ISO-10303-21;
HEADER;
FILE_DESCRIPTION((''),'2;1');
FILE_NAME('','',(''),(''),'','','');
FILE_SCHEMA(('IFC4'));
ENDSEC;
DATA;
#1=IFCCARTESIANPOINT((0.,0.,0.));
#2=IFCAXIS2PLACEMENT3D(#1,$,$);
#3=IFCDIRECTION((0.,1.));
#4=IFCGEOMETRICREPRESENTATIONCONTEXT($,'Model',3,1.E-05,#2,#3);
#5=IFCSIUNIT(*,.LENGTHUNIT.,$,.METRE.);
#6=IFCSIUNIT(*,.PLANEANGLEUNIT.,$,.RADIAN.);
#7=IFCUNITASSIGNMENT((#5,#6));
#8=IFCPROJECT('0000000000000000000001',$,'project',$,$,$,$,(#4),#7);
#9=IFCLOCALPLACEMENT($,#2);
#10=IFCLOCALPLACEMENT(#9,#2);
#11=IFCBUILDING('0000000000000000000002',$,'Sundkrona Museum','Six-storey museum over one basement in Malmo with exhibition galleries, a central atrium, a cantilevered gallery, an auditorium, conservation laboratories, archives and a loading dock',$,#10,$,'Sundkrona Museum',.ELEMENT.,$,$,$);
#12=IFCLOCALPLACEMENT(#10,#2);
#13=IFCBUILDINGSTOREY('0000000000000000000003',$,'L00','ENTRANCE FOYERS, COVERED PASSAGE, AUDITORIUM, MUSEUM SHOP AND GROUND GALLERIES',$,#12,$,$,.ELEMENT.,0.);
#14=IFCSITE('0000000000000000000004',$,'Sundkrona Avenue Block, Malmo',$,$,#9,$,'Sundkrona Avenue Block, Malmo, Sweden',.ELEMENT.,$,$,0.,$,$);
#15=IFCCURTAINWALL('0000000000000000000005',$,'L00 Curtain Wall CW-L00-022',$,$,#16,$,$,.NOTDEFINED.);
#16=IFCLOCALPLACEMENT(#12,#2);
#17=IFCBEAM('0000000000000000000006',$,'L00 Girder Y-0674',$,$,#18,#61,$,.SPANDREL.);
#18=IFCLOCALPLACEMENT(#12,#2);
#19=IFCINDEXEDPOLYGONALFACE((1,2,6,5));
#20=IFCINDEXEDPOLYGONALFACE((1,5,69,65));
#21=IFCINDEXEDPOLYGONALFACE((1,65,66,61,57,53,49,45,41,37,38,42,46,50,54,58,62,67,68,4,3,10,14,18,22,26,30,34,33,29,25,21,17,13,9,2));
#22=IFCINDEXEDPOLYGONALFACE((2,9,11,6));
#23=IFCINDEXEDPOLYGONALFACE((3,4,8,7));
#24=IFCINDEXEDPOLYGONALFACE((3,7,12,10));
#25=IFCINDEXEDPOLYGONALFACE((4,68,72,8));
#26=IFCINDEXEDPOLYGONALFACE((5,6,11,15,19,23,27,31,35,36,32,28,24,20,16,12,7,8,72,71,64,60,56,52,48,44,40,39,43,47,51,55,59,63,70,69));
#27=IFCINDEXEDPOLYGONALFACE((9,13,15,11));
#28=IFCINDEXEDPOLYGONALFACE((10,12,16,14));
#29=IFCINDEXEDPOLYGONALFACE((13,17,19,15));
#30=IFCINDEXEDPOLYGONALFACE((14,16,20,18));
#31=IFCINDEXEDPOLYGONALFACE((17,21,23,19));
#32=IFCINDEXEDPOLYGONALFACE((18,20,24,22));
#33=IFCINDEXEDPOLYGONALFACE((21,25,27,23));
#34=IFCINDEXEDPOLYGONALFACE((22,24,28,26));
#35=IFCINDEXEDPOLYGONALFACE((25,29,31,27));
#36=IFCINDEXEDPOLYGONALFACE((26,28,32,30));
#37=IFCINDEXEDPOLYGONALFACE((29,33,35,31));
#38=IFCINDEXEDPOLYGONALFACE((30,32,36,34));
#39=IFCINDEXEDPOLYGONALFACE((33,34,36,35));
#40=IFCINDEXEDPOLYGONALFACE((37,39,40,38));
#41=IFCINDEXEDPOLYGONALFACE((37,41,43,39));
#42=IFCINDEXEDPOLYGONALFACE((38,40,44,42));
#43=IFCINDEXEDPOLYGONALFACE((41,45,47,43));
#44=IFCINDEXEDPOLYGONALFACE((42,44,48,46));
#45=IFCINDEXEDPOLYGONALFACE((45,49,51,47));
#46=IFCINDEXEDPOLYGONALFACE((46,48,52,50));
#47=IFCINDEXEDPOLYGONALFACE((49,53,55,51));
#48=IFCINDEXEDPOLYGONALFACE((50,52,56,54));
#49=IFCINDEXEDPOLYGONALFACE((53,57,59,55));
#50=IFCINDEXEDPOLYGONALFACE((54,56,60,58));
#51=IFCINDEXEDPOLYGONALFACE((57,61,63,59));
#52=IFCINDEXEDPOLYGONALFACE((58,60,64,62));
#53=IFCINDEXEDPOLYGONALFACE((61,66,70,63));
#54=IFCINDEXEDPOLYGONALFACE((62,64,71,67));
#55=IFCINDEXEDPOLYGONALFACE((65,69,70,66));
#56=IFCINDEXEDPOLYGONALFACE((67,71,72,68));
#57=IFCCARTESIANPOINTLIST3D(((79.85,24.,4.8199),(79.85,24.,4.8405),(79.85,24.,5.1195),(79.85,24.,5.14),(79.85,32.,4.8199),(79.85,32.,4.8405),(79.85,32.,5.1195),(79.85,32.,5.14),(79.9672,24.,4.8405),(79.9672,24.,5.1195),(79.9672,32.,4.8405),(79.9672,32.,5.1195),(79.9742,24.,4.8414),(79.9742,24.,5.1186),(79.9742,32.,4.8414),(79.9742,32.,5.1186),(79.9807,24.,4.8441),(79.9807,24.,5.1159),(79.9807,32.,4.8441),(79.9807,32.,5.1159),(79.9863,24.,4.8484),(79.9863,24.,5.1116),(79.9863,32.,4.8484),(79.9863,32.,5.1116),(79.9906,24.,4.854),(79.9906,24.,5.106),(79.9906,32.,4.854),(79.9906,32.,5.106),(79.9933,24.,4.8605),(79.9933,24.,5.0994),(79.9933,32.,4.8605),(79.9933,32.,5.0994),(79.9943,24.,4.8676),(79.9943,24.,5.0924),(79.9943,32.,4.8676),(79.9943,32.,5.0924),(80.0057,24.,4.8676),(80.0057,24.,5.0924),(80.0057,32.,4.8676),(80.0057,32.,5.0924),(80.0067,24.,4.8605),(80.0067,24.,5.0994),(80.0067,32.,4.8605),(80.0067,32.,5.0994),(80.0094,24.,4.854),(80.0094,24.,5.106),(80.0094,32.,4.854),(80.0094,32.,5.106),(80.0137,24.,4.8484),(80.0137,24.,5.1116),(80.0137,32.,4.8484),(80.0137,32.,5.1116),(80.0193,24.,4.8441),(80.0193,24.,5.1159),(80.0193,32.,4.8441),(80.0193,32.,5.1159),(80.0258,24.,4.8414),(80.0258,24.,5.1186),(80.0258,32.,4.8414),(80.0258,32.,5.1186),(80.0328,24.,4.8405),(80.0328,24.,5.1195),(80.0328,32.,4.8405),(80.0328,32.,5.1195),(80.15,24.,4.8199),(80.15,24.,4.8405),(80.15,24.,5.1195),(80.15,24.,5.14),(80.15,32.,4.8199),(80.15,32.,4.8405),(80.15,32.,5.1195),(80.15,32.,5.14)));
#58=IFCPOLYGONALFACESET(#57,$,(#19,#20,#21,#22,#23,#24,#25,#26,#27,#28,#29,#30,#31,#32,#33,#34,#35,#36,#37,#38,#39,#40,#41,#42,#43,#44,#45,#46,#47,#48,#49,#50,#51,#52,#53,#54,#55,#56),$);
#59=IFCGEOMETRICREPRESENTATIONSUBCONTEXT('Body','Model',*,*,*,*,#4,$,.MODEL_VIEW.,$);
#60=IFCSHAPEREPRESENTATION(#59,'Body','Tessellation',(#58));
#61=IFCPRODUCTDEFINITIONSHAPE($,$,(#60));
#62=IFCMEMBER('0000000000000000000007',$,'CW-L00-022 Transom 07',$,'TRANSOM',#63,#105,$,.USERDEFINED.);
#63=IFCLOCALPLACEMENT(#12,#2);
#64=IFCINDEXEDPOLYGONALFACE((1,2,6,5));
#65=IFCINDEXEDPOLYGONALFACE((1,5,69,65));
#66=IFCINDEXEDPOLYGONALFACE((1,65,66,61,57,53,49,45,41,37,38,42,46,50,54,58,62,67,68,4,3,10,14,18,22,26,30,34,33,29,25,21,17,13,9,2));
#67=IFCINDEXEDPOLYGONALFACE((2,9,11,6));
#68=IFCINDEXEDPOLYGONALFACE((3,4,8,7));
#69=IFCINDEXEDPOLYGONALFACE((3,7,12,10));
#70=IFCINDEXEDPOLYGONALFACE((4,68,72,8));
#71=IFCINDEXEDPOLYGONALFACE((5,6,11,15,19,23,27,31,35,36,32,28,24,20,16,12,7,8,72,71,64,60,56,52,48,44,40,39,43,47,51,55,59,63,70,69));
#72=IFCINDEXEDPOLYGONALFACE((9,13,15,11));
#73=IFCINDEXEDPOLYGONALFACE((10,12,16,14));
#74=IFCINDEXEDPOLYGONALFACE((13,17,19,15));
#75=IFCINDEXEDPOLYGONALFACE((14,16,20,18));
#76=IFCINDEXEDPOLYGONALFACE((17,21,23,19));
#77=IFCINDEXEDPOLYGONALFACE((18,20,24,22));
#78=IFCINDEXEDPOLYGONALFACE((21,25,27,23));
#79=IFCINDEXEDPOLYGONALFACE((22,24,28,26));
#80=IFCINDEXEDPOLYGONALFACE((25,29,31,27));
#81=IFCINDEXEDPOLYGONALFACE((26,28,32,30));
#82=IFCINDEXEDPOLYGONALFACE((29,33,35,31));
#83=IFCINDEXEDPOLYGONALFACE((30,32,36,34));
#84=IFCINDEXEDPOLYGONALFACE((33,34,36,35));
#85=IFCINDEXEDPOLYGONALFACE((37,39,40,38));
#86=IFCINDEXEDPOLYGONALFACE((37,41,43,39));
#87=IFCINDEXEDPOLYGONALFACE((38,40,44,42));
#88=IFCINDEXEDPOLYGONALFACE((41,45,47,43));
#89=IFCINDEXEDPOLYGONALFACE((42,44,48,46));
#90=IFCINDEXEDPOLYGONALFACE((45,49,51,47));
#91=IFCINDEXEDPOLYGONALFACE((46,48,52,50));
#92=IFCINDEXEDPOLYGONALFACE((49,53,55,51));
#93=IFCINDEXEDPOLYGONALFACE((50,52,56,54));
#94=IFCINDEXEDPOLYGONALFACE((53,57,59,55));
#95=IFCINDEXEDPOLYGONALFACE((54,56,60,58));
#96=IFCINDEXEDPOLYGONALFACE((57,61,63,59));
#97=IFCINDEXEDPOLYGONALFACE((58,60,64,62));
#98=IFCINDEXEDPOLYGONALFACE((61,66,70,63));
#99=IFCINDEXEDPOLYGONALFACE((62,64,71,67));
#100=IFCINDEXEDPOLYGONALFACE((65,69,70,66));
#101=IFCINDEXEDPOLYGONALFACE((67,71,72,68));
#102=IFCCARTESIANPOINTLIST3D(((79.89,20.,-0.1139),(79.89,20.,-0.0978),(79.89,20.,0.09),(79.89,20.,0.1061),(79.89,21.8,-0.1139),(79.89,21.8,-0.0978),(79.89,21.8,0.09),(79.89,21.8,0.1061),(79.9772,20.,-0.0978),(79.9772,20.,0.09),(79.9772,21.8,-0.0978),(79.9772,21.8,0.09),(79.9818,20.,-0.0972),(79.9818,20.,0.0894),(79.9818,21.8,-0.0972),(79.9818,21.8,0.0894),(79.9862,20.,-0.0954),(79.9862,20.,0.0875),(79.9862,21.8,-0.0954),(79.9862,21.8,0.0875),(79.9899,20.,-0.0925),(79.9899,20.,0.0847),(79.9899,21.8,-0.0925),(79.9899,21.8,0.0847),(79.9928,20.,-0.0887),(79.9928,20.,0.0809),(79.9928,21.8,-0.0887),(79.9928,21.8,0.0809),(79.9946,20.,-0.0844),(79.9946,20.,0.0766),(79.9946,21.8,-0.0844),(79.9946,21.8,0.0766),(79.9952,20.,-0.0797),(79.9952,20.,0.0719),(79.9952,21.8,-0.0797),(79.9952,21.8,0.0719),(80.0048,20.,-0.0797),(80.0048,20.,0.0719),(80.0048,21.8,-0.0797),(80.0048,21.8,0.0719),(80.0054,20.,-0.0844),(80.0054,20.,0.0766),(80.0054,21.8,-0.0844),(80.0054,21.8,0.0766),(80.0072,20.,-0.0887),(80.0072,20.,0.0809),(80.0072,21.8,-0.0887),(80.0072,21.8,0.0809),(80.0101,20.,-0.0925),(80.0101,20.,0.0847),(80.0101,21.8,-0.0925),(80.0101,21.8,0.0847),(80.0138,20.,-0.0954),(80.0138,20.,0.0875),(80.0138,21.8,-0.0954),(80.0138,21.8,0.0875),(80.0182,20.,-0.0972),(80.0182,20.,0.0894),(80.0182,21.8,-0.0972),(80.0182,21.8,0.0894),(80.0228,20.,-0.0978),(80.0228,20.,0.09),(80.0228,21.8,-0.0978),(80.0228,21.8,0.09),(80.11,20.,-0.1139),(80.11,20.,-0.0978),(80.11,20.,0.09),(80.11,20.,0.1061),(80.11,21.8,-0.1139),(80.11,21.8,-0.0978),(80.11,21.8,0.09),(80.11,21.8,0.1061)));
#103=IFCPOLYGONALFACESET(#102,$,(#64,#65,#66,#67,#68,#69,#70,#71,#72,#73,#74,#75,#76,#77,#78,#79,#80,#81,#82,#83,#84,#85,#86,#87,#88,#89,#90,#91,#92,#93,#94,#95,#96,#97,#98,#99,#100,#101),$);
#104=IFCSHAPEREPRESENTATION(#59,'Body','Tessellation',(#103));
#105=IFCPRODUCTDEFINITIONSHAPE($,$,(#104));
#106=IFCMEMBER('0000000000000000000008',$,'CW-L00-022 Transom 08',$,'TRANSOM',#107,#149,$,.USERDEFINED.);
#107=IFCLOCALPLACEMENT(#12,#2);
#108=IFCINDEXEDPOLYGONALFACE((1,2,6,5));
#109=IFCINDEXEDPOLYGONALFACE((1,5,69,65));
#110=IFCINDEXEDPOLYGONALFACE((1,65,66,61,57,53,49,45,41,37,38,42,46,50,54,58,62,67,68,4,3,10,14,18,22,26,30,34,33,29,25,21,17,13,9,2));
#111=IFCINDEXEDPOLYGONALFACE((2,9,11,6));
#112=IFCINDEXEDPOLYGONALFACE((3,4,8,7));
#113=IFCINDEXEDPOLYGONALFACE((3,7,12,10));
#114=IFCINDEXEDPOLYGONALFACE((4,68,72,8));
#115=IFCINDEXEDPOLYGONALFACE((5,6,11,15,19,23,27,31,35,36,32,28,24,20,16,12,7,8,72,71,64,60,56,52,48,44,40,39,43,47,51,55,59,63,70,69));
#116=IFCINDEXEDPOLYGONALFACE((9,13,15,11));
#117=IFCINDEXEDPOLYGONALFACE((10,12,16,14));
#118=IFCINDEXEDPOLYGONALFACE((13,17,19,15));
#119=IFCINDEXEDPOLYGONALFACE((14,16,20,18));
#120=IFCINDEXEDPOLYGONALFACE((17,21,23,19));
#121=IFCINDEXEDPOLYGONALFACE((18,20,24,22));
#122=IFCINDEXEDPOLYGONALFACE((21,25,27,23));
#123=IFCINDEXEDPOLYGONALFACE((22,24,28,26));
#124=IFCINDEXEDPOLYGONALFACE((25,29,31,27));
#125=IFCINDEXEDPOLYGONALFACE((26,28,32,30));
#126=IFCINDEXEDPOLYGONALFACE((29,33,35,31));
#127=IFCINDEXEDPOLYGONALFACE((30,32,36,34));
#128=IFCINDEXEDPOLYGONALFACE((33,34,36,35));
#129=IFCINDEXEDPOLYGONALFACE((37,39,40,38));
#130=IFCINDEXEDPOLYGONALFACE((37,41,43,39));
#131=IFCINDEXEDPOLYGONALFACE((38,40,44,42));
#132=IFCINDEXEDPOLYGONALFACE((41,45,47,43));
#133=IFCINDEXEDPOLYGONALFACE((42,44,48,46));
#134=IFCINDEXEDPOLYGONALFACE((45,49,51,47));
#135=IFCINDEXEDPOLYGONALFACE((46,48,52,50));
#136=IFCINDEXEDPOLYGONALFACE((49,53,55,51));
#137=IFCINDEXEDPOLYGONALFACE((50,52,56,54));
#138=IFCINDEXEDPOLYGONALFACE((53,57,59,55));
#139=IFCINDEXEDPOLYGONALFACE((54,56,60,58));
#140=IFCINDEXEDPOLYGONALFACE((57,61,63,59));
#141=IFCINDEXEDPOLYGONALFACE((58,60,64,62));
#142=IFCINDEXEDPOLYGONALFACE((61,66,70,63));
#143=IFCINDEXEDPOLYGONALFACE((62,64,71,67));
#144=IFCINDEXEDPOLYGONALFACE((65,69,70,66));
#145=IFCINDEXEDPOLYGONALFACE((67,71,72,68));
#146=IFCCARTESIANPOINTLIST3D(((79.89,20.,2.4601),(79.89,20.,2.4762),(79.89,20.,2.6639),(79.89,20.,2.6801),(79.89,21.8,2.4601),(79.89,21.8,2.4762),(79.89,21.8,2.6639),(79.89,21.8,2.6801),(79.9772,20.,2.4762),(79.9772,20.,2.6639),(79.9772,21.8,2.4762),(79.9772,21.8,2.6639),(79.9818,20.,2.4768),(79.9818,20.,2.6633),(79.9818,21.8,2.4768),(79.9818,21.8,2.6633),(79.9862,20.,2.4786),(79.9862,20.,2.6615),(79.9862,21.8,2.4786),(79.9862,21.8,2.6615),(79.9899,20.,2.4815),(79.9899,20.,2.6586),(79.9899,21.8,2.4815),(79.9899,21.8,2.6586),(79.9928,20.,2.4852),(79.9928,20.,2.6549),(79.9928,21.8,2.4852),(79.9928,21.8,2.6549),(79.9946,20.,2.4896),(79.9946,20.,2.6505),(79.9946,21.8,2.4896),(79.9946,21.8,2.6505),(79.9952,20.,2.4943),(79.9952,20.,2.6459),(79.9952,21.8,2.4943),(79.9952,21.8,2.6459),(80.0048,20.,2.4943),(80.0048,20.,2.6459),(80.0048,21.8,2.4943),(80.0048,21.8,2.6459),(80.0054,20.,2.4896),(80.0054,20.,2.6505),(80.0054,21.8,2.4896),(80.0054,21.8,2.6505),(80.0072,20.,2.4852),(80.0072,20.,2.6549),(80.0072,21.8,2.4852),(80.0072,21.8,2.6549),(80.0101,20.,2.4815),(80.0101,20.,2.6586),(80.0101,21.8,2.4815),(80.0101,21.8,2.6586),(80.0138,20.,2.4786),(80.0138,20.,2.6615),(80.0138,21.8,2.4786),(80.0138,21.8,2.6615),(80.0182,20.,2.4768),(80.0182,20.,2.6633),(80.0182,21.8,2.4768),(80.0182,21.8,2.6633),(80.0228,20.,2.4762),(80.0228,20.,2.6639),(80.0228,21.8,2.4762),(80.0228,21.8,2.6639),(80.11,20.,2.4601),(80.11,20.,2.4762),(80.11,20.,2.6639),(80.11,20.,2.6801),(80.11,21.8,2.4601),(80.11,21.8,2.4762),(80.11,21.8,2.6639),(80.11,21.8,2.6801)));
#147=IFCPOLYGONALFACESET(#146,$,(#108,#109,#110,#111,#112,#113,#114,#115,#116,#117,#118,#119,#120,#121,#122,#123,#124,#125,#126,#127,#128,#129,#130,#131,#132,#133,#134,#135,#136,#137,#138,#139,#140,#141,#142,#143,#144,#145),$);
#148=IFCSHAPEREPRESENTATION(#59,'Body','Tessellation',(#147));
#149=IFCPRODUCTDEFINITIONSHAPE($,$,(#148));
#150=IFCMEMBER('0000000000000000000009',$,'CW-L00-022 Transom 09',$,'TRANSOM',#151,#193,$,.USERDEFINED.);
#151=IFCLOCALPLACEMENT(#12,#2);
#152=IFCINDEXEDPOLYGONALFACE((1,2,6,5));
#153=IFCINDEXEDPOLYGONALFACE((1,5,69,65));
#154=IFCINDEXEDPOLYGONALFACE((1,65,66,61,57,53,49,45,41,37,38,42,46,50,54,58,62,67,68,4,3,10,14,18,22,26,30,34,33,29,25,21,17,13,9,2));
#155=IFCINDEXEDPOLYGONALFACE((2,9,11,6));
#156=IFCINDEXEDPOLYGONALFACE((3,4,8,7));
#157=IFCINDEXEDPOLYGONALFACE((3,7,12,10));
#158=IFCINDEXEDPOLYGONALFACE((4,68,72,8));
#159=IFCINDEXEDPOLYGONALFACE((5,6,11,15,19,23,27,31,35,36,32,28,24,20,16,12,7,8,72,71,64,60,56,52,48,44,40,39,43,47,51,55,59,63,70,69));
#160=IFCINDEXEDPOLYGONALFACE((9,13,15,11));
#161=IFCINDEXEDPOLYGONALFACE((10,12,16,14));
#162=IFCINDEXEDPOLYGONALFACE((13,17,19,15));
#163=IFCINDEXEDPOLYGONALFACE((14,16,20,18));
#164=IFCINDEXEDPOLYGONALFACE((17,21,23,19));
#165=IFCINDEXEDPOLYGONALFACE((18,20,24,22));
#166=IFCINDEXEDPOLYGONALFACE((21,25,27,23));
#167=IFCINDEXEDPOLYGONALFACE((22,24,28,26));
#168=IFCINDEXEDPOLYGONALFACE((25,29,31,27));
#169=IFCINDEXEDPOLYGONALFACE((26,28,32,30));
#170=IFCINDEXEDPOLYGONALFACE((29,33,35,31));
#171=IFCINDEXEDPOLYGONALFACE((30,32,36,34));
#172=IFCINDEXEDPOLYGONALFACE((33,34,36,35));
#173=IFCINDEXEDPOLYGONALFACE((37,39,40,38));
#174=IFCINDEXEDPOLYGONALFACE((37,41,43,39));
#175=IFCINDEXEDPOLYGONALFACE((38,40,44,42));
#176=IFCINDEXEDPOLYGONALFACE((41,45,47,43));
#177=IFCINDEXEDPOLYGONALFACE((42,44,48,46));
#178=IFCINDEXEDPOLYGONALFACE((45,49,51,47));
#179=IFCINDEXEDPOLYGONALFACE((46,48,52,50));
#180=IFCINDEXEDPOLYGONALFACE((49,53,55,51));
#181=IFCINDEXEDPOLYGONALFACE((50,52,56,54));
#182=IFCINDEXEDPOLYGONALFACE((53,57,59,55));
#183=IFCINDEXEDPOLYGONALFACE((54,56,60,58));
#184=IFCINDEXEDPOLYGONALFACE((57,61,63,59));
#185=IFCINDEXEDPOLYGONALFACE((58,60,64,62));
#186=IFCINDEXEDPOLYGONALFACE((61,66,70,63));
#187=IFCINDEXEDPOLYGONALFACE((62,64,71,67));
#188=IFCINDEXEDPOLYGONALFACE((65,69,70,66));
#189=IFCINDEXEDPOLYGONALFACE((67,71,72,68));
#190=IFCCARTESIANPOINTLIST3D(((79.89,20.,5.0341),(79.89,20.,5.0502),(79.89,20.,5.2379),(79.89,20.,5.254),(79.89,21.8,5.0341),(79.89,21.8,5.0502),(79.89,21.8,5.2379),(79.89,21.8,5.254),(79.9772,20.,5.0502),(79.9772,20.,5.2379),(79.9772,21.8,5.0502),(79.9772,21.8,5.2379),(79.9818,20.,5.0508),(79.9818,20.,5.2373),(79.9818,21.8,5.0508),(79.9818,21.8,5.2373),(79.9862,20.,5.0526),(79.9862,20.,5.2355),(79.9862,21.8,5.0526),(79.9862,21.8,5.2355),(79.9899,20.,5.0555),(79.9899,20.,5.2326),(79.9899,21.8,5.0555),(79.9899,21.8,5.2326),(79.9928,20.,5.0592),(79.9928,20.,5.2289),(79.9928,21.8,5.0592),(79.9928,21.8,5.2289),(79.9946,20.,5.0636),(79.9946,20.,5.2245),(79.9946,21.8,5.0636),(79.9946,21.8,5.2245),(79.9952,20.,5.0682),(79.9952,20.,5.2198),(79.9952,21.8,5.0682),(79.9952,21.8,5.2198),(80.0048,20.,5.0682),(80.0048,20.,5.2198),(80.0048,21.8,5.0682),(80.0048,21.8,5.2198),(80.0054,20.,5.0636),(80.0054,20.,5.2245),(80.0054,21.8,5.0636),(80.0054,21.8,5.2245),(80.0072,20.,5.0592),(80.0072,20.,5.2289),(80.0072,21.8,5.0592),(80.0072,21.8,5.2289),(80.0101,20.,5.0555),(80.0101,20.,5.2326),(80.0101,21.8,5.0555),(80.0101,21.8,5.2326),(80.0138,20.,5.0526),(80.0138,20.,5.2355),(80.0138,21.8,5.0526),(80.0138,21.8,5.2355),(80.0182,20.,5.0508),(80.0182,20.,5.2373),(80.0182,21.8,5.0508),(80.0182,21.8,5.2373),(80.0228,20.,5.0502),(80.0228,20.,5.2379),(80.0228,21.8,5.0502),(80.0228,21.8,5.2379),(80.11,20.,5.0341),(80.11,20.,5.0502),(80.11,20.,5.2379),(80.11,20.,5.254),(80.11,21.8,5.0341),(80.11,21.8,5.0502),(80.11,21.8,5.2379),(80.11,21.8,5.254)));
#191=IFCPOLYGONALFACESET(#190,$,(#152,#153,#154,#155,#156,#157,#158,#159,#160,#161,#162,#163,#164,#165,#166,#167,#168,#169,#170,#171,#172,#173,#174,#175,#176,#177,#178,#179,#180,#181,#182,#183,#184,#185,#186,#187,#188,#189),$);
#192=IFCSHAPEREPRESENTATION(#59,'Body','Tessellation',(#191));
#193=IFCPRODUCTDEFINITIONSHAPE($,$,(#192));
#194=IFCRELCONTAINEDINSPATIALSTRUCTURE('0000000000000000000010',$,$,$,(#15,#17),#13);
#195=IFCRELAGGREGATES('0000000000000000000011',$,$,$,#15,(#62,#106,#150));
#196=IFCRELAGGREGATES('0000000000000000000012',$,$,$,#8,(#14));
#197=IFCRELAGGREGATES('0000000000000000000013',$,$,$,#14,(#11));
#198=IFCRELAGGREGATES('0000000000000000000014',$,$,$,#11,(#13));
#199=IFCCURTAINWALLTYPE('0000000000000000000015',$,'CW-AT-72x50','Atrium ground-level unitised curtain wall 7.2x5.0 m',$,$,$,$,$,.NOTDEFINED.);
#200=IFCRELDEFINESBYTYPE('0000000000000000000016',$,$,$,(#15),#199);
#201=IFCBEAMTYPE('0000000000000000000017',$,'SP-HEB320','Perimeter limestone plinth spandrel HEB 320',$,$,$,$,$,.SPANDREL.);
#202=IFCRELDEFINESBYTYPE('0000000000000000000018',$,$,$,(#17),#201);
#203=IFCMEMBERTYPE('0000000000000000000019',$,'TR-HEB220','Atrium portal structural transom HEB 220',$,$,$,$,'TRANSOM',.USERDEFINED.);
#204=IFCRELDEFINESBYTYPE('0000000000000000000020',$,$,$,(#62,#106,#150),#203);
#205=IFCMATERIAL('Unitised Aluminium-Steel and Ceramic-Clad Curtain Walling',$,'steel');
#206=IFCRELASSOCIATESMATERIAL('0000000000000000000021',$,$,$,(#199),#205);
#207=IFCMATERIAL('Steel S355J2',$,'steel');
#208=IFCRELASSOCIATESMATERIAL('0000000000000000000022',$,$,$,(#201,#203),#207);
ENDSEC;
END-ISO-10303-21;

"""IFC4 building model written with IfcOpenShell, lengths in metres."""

from ifc_helpers import new_model, si_unit, direction, frame, origin, origin_2d, place, context, subcontext, project, spatial, i_section, extrude, material, material_profile, profile_set, type_object, element, aggregate, save


model = new_model("IFC4")

# Units and contexts
model_context = context("Model", 3, precision=1e-05, world=origin(), true_north=direction((0.0, 1.0)))
body_context = subcontext(model_context, "Body", "Model", "MODEL_VIEW")
ifc_project = project(units=[si_unit("LENGTHUNIT", "METRE"), si_unit("PLANEANGLEUNIT", "RADIAN")], contexts=[model_context])

# Site, building, storey
site_placement = place(None, origin())
site = spatial("IfcSite", under=ifc_project, at=site_placement, Name="Sundkrona Avenue Block, Malmo", LongName="Sundkrona Avenue Block, Malmo, Sweden", CompositionType="ELEMENT", RefElevation=0.0)
building_placement = place(site_placement, origin())
building = spatial("IfcBuilding", under=site, at=building_placement, Name="Sundkrona Museum", Description="Six-storey museum over one basement in Malmo with exhibition galleries, a central atrium, a cantilevered gallery, an auditorium, conservation laboratories, archives and a loading dock", LongName="Sundkrona Museum", CompositionType="ELEMENT")
storey_placement = place(building_placement, origin())
storey = spatial("IfcBuildingStorey", under=building, at=storey_placement, Name="L00", Description="ENTRANCE FOYERS, COVERED PASSAGE, AUDITORIUM, MUSEUM SHOP AND GROUND GALLERIES", CompositionType="ELEMENT", Elevation=0.0)

# Shared definitions
ifc_material_1 = material(Name="Steel S355J2", Category="steel")

# Curtain wall
ifc_material_2 = material(Name="Unitised Aluminium-Steel and Ceramic-Clad Curtain Walling", Category="steel")
curtain_wall_type = type_object("IfcCurtainWallType", Name="CW-AT-72x50", Description="Atrium ground-level unitised curtain wall 7.2x5.0 m", PredefinedType="NOTDEFINED", material=ifc_material_2)
curtain_wall_1_placement = place(storey_placement, origin())
curtain_wall_1 = element("IfcCurtainWall", 1, at=curtain_wall_1_placement, inside=storey, type_object=curtain_wall_type, Name="L00 Curtain Wall CW-L00-022", PredefinedType="NOTDEFINED")

# Beam
ifc_material_profile_1 = material_profile(ifc_material_1, i_section(OverallWidth=0.3, OverallDepth=0.3201, WebThickness=0.0115, FlangeThickness=0.0205, FilletRadius=0.0271, at=origin_2d()), Name="HEB 320")
ifc_profile_set_1 = profile_set([ifc_material_profile_1], Name="Steel S355J2")
beam_type_1 = type_object("IfcBeamType", Name="SP-HEB320", Description="Perimeter limestone plinth spandrel HEB 320", PredefinedType="SPANDREL", material=ifc_profile_set_1)
beam_1_placement = place(storey_placement, frame((80.0, 24.0, 4.98), z_axis=(0.0, 1.0, 0.0), x_axis=(-1.0, 0.0, 0.0)))
element("IfcBeam", 2, at=beam_1_placement, inside=storey, type_object=beam_type_1, Name="L00 Girder Y-0674", PredefinedType="SPANDREL", context=body_context, shape_type="SweptSolid", body=[
    extrude(i_section(OverallWidth=0.3, OverallDepth=0.3201, WebThickness=0.0115, FlangeThickness=0.0205, FilletRadius=0.0271, at=origin_2d()), origin(), (0.0, 0.0, 1.0), 8.0),
])

# Members
ifc_material_profile_2 = material_profile(ifc_material_1, i_section(OverallWidth=0.22, OverallDepth=0.22, WebThickness=0.0095, FlangeThickness=0.0161, FilletRadius=0.0181, at=origin_2d()), Name="HEB 220")
ifc_profile_set_2 = profile_set([ifc_material_profile_2], Name="Steel S355J2")
member_type_1 = type_object("IfcMemberType", Name="TR-HEB220", Description="Atrium portal structural transom HEB 220", ElementType="TRANSOM", PredefinedType="USERDEFINED", material=ifc_profile_set_2)
member_1_placement = place(storey_placement, frame((80.0, 20.0, -0.0039), z_axis=(0.0, 1.0, 0.0), x_axis=(-1.0, 0.0, 0.0)))
member_1 = element("IfcMember", 3, at=member_1_placement, type_object=member_type_1, Name="CW-L00-022 Transom 07", ObjectType="TRANSOM", PredefinedType="USERDEFINED", context=body_context, shape_type="SweptSolid", body=[
    extrude(i_section(OverallWidth=0.22, OverallDepth=0.22, WebThickness=0.0095, FlangeThickness=0.0161, FilletRadius=0.0181, at=origin_2d()), origin(), (0.0, 0.0, 1.0), 1.8),
])
member_2_placement = place(storey_placement, frame((80.0, 20.0, 2.5701), z_axis=(0.0, 1.0, 0.0), x_axis=(-1.0, 0.0, 0.0)))
member_2 = element("IfcMember", 4, at=member_2_placement, type_object=member_type_1, Name="CW-L00-022 Transom 08", ObjectType="TRANSOM", PredefinedType="USERDEFINED", context=body_context, shape_type="SweptSolid", body=[
    extrude(i_section(OverallWidth=0.22, OverallDepth=0.22, WebThickness=0.0095, FlangeThickness=0.0161, FilletRadius=0.0181, at=origin_2d()), origin(), (0.0, 0.0, 1.0), 1.8),
])
member_3_placement = place(storey_placement, frame((80.0, 20.0, 5.144), z_axis=(0.0, 1.0, 0.0), x_axis=(-1.0, 0.0, 0.0)))
member_3 = element("IfcMember", 5, at=member_3_placement, type_object=member_type_1, Name="CW-L00-022 Transom 09", ObjectType="TRANSOM", PredefinedType="USERDEFINED", context=body_context, shape_type="SweptSolid", body=[
    extrude(i_section(OverallWidth=0.22, OverallDepth=0.22, WebThickness=0.0095, FlangeThickness=0.0161, FilletRadius=0.0181, at=origin_2d()), origin(), (0.0, 0.0, 1.0), 1.8),
])

aggregate(curtain_wall_1, [member_1, member_2, member_3])

save(model, "model.ifc")
